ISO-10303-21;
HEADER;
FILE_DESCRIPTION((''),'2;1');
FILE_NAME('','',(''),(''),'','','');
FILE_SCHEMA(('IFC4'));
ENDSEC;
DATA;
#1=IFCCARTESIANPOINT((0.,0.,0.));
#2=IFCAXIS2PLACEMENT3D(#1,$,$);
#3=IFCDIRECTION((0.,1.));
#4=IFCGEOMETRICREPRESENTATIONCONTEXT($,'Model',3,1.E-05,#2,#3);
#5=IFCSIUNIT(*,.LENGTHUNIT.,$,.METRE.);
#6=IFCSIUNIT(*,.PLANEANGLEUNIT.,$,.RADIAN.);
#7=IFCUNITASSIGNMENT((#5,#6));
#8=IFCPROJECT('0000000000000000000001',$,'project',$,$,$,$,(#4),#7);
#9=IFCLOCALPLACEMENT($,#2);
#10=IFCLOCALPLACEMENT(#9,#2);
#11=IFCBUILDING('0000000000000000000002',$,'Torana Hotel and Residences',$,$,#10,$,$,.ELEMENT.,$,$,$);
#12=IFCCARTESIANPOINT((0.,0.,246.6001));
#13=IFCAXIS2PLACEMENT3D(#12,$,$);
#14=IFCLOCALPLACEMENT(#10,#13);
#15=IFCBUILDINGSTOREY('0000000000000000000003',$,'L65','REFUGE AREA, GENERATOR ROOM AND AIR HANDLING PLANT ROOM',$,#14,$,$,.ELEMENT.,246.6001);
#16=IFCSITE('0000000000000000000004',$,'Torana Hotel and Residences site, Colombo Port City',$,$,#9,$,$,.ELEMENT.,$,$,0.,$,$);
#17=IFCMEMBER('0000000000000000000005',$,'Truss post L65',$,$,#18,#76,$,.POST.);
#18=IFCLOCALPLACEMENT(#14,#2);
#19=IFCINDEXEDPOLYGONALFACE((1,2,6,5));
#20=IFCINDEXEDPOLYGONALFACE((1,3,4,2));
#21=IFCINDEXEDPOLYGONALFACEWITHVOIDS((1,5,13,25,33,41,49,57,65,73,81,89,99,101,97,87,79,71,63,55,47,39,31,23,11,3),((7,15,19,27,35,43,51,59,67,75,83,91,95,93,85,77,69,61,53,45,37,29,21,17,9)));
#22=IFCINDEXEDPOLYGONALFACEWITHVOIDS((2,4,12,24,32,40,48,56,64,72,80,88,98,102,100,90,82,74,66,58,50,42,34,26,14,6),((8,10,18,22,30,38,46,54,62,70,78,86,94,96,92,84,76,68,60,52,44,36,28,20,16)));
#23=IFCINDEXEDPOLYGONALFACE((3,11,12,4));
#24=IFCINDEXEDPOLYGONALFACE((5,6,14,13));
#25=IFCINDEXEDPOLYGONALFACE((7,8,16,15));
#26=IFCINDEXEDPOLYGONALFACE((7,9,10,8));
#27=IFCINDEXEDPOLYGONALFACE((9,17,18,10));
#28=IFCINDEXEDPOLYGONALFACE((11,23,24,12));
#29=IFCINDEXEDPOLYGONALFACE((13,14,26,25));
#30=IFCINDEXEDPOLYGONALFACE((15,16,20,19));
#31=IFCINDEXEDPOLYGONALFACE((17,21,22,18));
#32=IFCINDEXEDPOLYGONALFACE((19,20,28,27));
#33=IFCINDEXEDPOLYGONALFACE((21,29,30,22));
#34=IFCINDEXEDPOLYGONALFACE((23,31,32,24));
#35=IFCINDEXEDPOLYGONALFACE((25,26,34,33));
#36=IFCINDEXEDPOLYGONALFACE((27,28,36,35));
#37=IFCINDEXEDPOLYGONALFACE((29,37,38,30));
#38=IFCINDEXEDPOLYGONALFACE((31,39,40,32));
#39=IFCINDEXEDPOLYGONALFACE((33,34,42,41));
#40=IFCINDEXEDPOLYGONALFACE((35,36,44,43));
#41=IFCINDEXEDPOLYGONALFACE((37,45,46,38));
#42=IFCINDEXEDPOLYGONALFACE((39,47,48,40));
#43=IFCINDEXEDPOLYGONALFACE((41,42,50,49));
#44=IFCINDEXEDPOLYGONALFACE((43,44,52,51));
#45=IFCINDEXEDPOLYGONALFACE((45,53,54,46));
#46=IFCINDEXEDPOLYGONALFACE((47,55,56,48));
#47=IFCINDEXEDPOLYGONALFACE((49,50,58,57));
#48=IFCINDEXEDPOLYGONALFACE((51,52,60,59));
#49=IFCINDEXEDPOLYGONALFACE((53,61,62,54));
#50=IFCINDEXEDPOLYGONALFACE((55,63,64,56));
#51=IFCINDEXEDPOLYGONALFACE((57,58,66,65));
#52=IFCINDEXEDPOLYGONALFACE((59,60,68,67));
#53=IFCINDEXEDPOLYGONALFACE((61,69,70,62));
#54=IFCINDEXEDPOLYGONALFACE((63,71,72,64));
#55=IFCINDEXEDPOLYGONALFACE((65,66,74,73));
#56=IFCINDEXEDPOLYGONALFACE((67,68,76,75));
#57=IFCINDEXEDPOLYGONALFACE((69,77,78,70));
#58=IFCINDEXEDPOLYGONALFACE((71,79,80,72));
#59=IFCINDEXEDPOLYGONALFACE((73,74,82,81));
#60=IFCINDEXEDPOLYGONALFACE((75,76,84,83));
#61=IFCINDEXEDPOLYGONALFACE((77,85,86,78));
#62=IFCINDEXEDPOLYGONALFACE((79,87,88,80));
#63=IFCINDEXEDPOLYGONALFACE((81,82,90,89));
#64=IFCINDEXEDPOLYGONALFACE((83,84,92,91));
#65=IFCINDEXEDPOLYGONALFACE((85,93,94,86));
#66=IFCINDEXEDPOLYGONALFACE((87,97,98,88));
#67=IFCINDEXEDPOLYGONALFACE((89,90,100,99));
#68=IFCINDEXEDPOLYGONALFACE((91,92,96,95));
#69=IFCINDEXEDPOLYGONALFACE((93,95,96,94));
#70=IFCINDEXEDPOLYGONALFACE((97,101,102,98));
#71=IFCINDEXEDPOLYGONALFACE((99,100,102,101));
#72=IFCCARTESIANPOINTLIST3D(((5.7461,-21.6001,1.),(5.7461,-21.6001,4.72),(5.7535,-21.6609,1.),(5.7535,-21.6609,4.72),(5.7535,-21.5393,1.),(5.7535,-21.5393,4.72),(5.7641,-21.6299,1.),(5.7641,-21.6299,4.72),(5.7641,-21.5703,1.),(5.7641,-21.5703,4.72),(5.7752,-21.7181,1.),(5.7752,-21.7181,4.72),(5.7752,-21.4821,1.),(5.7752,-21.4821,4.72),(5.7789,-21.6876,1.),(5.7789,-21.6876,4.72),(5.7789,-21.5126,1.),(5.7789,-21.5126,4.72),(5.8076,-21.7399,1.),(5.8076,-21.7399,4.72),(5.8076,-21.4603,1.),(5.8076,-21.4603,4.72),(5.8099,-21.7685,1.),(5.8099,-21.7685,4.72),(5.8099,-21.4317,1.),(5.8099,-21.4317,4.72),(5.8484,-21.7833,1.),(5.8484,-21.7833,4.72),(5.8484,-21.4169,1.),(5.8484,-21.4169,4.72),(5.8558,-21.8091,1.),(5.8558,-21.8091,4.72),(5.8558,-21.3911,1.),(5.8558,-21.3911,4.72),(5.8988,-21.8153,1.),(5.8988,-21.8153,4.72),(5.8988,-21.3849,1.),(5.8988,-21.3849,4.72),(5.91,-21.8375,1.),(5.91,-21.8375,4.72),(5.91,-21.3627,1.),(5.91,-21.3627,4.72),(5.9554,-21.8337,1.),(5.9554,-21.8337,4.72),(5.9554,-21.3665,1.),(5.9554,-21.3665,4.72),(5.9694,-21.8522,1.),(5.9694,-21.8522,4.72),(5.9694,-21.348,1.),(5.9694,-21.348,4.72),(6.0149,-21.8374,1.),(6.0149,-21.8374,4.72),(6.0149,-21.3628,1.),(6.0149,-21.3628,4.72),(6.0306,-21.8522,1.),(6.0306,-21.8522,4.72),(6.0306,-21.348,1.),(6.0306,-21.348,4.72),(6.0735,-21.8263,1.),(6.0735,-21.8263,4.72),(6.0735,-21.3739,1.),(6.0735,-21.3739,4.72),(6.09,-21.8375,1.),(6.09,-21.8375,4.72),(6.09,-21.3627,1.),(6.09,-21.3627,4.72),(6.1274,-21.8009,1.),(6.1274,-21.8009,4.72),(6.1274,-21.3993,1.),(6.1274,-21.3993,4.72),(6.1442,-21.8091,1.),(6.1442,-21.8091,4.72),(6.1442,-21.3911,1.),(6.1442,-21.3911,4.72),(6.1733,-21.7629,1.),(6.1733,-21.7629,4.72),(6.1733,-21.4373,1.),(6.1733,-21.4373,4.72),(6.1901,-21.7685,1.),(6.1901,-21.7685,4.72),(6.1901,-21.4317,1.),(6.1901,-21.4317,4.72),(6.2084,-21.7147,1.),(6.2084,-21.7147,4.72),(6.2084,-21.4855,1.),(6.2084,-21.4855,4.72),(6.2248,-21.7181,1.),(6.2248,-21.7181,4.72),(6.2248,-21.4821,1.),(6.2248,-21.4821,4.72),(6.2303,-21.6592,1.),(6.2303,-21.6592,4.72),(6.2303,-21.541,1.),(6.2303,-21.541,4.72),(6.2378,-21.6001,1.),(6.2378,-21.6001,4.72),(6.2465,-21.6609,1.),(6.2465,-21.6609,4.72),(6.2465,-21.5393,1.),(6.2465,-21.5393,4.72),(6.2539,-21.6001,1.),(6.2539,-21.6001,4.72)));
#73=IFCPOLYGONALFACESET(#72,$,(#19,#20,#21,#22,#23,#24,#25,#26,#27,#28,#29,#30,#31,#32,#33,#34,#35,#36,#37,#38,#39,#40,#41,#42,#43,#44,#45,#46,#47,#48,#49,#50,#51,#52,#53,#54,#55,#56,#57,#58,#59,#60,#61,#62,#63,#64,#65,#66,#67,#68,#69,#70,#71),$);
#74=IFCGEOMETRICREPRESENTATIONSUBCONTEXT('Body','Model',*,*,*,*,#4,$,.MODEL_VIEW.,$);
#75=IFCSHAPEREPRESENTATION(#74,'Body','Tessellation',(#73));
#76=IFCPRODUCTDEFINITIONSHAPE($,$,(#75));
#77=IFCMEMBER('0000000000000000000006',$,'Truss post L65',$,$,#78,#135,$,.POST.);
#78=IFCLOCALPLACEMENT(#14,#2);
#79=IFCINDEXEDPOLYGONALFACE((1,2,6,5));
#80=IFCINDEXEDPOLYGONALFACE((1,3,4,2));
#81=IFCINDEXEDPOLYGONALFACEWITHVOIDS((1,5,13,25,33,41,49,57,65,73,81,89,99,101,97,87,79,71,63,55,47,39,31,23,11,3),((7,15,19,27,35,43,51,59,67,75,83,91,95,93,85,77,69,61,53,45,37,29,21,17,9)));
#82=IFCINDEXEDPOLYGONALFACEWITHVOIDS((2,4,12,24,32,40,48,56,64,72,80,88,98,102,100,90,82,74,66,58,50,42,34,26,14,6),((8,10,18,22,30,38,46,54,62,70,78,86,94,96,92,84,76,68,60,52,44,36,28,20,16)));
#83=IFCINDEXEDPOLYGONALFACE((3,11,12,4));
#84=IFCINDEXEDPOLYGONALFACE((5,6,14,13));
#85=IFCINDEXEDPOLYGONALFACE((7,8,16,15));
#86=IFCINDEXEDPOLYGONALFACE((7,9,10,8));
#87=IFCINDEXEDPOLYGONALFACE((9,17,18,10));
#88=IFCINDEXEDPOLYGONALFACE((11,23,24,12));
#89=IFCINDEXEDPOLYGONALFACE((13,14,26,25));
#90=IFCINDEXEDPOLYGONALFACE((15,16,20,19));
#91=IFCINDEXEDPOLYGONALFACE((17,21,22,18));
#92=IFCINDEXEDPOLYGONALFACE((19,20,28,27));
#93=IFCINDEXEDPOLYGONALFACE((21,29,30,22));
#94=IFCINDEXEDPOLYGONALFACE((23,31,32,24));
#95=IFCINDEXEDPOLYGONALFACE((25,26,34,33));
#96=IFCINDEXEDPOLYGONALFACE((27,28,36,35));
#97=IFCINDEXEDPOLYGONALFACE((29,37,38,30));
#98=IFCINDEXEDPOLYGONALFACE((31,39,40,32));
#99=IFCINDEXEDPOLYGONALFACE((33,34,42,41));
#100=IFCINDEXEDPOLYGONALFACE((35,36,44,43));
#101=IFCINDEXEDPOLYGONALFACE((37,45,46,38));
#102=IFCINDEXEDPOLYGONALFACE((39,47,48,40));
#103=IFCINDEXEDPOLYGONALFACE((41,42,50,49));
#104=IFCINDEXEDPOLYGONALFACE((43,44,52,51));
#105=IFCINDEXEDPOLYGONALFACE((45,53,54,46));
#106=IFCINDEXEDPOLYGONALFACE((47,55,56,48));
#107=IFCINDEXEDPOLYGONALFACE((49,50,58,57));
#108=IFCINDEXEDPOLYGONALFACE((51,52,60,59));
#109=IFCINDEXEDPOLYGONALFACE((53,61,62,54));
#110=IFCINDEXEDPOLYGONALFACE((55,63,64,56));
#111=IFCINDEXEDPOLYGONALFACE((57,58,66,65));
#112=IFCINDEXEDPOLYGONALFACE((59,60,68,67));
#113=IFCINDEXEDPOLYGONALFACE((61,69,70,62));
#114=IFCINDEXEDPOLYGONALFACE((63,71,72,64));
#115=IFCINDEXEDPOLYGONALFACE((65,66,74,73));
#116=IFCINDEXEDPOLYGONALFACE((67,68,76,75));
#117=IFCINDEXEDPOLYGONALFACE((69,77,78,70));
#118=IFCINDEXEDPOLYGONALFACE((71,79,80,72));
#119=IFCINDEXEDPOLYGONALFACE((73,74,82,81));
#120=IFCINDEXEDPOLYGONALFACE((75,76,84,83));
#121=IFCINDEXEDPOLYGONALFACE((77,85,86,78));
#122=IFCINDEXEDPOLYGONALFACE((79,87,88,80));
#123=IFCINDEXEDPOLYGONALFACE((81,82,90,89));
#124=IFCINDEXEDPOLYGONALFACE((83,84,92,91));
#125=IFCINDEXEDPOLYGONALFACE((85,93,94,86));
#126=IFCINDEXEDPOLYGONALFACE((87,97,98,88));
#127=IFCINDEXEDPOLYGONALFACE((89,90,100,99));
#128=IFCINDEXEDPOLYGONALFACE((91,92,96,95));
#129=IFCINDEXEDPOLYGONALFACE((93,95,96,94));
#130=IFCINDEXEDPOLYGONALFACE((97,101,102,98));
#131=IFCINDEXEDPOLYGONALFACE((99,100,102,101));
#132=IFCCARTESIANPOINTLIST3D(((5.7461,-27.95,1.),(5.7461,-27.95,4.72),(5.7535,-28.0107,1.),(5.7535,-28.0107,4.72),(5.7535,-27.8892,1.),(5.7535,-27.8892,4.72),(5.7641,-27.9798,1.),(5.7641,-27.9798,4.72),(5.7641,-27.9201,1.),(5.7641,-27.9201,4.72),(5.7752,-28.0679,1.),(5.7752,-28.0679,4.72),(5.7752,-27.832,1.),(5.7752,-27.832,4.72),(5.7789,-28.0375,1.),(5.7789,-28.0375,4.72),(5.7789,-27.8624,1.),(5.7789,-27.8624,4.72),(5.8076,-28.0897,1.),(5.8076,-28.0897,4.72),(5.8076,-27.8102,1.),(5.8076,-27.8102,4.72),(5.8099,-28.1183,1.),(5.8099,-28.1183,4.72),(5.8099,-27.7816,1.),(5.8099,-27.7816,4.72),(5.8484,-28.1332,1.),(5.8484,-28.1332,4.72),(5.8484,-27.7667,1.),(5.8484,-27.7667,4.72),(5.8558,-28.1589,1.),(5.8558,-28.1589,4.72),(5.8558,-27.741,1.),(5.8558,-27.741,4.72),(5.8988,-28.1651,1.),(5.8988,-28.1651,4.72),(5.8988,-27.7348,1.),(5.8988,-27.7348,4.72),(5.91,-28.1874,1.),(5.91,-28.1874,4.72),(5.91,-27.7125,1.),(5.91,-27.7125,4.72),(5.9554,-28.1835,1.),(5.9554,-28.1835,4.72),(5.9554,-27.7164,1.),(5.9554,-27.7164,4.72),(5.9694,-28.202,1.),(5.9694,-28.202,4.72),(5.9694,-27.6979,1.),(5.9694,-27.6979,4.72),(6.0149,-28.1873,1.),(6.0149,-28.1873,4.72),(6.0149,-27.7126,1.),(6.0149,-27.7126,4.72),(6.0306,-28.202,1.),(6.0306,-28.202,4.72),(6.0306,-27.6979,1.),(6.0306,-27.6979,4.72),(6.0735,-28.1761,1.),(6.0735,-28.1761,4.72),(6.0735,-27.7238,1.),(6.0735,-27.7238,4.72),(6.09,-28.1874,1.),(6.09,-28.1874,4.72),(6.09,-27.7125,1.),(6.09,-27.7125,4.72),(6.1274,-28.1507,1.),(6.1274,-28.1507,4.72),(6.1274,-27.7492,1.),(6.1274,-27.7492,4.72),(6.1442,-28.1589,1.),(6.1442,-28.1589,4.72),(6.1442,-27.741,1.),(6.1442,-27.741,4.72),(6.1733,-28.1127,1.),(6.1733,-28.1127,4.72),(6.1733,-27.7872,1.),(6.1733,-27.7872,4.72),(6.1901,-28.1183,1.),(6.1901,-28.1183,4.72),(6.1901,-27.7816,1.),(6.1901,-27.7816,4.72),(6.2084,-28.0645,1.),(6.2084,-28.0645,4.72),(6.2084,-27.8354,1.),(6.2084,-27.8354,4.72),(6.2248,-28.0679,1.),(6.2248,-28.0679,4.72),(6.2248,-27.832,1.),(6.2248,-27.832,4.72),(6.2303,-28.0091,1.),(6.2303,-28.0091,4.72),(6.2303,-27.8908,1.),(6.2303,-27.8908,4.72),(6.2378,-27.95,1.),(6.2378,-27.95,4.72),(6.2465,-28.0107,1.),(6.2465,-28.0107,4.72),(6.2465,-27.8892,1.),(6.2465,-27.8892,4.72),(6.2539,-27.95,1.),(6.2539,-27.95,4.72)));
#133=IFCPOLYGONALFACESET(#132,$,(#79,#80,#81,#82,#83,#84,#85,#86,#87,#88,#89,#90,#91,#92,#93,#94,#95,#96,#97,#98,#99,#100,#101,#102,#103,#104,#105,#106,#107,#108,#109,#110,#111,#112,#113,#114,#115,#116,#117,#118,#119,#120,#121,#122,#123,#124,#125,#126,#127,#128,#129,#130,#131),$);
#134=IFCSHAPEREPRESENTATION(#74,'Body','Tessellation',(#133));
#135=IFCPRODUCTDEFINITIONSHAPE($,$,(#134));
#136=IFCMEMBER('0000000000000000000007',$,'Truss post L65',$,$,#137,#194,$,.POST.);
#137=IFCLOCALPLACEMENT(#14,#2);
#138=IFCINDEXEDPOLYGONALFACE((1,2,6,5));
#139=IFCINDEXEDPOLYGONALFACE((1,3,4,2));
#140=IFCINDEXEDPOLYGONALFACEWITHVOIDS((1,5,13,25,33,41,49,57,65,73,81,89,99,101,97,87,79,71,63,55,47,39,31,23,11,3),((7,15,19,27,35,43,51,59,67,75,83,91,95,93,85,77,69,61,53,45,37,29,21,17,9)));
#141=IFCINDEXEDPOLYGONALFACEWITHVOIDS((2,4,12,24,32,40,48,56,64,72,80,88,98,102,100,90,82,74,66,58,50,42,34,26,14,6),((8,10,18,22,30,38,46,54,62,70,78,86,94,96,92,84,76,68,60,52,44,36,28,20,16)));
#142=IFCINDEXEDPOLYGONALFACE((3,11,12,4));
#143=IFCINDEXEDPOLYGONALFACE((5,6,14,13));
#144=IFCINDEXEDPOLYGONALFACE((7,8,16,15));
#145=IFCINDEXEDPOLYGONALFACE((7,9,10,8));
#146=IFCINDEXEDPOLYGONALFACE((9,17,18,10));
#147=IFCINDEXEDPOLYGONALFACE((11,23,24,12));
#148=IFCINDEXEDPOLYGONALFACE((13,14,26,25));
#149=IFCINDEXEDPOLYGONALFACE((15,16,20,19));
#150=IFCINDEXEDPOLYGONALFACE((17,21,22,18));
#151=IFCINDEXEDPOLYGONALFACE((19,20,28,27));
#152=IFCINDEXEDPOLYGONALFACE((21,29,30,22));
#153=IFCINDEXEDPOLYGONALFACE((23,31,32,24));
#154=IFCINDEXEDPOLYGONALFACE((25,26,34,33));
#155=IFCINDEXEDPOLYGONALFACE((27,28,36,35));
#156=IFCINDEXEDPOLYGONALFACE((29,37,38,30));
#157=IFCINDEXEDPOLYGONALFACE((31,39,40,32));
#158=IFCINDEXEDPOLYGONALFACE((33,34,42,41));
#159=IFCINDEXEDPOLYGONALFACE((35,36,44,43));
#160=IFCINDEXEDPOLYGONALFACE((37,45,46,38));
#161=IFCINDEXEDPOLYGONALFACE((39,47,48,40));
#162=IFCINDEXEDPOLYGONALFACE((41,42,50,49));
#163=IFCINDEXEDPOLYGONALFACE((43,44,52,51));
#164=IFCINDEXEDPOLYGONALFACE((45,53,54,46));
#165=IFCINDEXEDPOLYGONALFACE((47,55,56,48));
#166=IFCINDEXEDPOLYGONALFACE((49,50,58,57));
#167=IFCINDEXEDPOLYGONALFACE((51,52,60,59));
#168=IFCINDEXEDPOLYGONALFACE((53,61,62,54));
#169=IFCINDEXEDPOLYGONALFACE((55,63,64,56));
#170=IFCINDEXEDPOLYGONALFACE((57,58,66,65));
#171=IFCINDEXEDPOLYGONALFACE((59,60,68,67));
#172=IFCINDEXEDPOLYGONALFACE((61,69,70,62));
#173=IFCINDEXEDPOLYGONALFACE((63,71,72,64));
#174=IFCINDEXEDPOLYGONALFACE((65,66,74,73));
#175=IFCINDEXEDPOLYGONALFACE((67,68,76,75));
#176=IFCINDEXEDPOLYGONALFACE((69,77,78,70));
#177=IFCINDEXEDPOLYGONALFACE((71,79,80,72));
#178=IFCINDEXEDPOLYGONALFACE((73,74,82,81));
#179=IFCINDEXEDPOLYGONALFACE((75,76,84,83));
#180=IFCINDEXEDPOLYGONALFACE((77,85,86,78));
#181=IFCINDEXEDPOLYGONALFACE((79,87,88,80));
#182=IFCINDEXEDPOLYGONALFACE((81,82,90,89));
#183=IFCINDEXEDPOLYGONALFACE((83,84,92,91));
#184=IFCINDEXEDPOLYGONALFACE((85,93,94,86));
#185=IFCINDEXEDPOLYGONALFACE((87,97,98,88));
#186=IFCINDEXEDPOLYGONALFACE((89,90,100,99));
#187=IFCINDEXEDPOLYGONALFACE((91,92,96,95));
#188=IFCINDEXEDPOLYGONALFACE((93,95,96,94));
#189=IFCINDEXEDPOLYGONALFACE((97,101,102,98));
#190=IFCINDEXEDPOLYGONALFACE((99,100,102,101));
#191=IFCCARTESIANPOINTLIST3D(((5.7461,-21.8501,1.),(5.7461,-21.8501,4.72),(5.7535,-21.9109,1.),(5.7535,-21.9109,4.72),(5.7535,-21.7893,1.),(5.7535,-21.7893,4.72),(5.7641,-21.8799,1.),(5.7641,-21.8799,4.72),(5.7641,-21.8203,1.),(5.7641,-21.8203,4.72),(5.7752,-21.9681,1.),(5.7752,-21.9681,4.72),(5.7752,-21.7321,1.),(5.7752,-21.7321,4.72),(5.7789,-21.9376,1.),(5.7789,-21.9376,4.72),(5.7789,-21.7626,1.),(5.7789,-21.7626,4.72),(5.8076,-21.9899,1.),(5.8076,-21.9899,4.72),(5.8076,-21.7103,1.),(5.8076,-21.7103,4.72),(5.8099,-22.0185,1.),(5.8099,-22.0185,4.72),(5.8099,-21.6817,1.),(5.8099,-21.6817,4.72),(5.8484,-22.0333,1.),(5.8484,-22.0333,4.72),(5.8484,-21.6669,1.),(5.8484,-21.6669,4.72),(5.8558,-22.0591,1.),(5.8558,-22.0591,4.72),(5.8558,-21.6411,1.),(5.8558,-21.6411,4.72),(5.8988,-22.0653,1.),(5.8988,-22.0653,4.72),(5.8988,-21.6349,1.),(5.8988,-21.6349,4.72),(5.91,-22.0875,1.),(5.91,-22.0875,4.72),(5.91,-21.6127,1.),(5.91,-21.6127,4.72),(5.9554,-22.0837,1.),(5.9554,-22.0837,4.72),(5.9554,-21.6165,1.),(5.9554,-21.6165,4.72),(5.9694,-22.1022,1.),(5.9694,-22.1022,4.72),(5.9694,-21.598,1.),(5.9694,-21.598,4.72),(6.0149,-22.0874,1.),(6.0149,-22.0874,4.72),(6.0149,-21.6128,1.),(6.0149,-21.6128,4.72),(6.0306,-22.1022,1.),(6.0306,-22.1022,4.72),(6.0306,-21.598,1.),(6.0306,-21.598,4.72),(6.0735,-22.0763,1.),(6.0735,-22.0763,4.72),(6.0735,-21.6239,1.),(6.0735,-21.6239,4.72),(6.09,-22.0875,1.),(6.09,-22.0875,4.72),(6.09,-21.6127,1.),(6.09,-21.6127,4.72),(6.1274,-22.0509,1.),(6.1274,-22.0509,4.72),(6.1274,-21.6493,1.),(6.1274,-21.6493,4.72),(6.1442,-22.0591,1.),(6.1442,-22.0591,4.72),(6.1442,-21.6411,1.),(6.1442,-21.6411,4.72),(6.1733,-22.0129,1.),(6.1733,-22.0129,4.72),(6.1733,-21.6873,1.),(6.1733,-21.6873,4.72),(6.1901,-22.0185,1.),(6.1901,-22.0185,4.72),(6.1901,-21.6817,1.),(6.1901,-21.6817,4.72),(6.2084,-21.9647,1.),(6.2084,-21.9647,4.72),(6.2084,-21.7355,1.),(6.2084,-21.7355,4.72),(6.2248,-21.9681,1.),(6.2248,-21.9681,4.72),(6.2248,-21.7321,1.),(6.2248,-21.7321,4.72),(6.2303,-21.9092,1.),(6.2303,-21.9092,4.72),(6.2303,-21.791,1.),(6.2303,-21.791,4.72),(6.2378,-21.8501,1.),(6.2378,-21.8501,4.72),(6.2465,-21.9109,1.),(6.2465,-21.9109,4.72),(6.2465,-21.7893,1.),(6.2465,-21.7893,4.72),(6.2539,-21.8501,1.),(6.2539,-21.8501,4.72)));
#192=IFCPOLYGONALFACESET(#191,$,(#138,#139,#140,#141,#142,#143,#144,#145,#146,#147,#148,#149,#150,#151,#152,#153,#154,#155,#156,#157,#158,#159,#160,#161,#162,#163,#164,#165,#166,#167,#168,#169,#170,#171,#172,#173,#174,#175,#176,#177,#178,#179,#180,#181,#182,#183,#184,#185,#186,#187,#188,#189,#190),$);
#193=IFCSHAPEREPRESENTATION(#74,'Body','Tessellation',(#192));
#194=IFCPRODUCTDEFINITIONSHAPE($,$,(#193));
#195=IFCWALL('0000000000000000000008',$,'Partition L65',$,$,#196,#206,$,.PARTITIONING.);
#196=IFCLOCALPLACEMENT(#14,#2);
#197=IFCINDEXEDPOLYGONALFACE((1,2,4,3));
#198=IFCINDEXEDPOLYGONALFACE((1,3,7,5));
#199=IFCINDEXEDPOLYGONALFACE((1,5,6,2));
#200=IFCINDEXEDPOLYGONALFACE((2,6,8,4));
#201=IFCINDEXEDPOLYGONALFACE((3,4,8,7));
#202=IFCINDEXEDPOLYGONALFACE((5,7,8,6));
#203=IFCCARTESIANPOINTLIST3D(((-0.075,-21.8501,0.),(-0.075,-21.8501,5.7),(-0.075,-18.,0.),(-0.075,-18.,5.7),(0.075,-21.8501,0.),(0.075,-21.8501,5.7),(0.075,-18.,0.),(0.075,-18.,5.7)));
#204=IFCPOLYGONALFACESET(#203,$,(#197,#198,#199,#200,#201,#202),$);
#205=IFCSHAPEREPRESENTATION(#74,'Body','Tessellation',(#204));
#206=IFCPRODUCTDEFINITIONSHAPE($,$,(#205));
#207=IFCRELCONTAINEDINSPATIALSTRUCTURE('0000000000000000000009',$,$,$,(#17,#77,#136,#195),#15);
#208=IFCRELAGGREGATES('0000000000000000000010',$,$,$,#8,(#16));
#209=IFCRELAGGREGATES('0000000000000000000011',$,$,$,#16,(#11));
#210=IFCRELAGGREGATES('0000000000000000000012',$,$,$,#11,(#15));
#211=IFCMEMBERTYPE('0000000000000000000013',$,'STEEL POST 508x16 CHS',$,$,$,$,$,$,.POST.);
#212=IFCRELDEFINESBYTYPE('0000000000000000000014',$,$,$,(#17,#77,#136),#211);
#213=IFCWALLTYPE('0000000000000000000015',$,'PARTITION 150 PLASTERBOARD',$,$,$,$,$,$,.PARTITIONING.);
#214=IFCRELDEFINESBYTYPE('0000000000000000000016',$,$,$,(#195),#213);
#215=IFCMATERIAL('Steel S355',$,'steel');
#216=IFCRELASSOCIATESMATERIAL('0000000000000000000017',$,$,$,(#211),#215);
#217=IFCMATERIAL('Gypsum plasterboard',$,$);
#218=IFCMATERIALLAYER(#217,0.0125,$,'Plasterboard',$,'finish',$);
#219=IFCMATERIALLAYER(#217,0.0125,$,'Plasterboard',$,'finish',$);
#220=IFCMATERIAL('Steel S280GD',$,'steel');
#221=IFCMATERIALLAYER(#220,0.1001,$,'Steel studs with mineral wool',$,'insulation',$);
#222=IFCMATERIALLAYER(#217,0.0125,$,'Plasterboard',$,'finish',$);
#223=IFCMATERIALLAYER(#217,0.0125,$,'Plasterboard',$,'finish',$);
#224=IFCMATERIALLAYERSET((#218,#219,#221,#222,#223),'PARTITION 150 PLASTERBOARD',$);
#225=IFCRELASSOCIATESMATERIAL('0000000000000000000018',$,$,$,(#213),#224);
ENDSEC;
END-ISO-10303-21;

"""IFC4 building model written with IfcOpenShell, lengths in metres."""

from ifc_helpers import new_model, si_unit, direction, frame, frame_2d, origin, origin_2d, place, context, subcontext, project, spatial, rectangle, hollow_circle, extrude, material, layer, layer_set, material_profile, profile_set, type_object, element, save


model = new_model("IFC4")

# Units and contexts
model_context = context("Model", 3, precision=1e-05, world=origin(), true_north=direction((0.0, 1.0)))
body_context = subcontext(model_context, "Body", "Model", "MODEL_VIEW")
ifc_project = project(units=[si_unit("LENGTHUNIT", "METRE"), si_unit("PLANEANGLEUNIT", "RADIAN")], contexts=[model_context])

# Site, building, storey
site_placement = place(None, origin())
site = spatial("IfcSite", under=ifc_project, at=site_placement, Name="Torana Hotel and Residences site, Colombo Port City", CompositionType="ELEMENT", RefElevation=0.0)
building_placement = place(site_placement, origin())
building = spatial("IfcBuilding", under=site, at=building_placement, Name="Torana Hotel and Residences", CompositionType="ELEMENT")
storey_placement = place(building_placement, frame((0.0, 0.0, 246.6001)))
storey = spatial("IfcBuildingStorey", under=building, at=storey_placement, Name="L65", Description="REFUGE AREA, GENERATOR ROOM AND AIR HANDLING PLANT ROOM", CompositionType="ELEMENT", Elevation=246.6001)

# Members
ifc_material_1 = material(Name="Steel S355", Category="steel")
ifc_material_profile_1 = material_profile(ifc_material_1, hollow_circle(Radius=0.2539, WallThickness=0.0161, at=origin_2d()), Name="508x16 CHS")
ifc_profile_set_1 = profile_set([ifc_material_profile_1], Name="Steel S355")
member_type_1 = type_object("IfcMemberType", Name="STEEL POST 508x16 CHS", PredefinedType="POST", material=ifc_profile_set_1)
for number, where, z_axis, x_axis, name in (
    (1, (6.0, -21.6001, 1.0), (0.0, 0.0, 1.0), (1.0, 0.0, 0.0), "Truss post L65"),
    (2, (6.0, -27.95, 1.0), (0.0, 0.0, 1.0), (1.0, 0.0, 0.0), "Truss post L65"),
    (3, (6.0, -21.8501, 1.0), (0.0, 0.0, 1.0), (1.0, 0.0, 0.0), "Truss post L65"),
):
    element("IfcMember", number, at=place(storey_placement, frame(where, z_axis=z_axis, x_axis=x_axis)), inside=storey, type_object=member_type_1, Name=name, PredefinedType="POST", context=body_context, shape_type="SweptSolid", body=[
        extrude(hollow_circle(Radius=0.2539, WallThickness=0.0161, at=origin_2d()), origin(), (0.0, 0.0, 1.0), 3.72),
    ])

# Wall
ifc_material_2 = material(Name="Gypsum plasterboard")
ifc_layer_1 = layer(ifc_material_2, 0.0125, Name="Plasterboard", Category="finish")
ifc_layer_2 = layer(ifc_material_2, 0.0125, Name="Plasterboard", Category="finish")
ifc_material_3 = material(Name="Steel S280GD", Category="steel")
ifc_layer_3 = layer(ifc_material_3, 0.1001, Name="Steel studs with mineral wool", Category="insulation")
ifc_layer_4 = layer(ifc_material_2, 0.0125, Name="Plasterboard", Category="finish")
ifc_layer_5 = layer(ifc_material_2, 0.0125, Name="Plasterboard", Category="finish")
ifc_layer_set = layer_set([ifc_layer_1, ifc_layer_2, ifc_layer_3, ifc_layer_4, ifc_layer_5], Name="PARTITION 150 PLASTERBOARD")
wall_type = type_object("IfcWallType", Name="PARTITION 150 PLASTERBOARD", PredefinedType="PARTITIONING", material=ifc_layer_set)
wall_placement = place(storey_placement, frame((0.0, -21.8501, 0.0), z_axis=(0.0, 0.0, 1.0), x_axis=(0.0, 1.0, 0.0)))
element("IfcWall", 4, at=wall_placement, inside=storey, type_object=wall_type, Name="Partition L65", PredefinedType="PARTITIONING", context=body_context, shape_type="SweptSolid", body=[
    extrude(rectangle(XDim=3.8501, YDim=0.1499, at=frame_2d((1.925, 0.0))), origin(), (0.0, 0.0, 1.0), 5.7),
])

save(model, "model.ifc")
